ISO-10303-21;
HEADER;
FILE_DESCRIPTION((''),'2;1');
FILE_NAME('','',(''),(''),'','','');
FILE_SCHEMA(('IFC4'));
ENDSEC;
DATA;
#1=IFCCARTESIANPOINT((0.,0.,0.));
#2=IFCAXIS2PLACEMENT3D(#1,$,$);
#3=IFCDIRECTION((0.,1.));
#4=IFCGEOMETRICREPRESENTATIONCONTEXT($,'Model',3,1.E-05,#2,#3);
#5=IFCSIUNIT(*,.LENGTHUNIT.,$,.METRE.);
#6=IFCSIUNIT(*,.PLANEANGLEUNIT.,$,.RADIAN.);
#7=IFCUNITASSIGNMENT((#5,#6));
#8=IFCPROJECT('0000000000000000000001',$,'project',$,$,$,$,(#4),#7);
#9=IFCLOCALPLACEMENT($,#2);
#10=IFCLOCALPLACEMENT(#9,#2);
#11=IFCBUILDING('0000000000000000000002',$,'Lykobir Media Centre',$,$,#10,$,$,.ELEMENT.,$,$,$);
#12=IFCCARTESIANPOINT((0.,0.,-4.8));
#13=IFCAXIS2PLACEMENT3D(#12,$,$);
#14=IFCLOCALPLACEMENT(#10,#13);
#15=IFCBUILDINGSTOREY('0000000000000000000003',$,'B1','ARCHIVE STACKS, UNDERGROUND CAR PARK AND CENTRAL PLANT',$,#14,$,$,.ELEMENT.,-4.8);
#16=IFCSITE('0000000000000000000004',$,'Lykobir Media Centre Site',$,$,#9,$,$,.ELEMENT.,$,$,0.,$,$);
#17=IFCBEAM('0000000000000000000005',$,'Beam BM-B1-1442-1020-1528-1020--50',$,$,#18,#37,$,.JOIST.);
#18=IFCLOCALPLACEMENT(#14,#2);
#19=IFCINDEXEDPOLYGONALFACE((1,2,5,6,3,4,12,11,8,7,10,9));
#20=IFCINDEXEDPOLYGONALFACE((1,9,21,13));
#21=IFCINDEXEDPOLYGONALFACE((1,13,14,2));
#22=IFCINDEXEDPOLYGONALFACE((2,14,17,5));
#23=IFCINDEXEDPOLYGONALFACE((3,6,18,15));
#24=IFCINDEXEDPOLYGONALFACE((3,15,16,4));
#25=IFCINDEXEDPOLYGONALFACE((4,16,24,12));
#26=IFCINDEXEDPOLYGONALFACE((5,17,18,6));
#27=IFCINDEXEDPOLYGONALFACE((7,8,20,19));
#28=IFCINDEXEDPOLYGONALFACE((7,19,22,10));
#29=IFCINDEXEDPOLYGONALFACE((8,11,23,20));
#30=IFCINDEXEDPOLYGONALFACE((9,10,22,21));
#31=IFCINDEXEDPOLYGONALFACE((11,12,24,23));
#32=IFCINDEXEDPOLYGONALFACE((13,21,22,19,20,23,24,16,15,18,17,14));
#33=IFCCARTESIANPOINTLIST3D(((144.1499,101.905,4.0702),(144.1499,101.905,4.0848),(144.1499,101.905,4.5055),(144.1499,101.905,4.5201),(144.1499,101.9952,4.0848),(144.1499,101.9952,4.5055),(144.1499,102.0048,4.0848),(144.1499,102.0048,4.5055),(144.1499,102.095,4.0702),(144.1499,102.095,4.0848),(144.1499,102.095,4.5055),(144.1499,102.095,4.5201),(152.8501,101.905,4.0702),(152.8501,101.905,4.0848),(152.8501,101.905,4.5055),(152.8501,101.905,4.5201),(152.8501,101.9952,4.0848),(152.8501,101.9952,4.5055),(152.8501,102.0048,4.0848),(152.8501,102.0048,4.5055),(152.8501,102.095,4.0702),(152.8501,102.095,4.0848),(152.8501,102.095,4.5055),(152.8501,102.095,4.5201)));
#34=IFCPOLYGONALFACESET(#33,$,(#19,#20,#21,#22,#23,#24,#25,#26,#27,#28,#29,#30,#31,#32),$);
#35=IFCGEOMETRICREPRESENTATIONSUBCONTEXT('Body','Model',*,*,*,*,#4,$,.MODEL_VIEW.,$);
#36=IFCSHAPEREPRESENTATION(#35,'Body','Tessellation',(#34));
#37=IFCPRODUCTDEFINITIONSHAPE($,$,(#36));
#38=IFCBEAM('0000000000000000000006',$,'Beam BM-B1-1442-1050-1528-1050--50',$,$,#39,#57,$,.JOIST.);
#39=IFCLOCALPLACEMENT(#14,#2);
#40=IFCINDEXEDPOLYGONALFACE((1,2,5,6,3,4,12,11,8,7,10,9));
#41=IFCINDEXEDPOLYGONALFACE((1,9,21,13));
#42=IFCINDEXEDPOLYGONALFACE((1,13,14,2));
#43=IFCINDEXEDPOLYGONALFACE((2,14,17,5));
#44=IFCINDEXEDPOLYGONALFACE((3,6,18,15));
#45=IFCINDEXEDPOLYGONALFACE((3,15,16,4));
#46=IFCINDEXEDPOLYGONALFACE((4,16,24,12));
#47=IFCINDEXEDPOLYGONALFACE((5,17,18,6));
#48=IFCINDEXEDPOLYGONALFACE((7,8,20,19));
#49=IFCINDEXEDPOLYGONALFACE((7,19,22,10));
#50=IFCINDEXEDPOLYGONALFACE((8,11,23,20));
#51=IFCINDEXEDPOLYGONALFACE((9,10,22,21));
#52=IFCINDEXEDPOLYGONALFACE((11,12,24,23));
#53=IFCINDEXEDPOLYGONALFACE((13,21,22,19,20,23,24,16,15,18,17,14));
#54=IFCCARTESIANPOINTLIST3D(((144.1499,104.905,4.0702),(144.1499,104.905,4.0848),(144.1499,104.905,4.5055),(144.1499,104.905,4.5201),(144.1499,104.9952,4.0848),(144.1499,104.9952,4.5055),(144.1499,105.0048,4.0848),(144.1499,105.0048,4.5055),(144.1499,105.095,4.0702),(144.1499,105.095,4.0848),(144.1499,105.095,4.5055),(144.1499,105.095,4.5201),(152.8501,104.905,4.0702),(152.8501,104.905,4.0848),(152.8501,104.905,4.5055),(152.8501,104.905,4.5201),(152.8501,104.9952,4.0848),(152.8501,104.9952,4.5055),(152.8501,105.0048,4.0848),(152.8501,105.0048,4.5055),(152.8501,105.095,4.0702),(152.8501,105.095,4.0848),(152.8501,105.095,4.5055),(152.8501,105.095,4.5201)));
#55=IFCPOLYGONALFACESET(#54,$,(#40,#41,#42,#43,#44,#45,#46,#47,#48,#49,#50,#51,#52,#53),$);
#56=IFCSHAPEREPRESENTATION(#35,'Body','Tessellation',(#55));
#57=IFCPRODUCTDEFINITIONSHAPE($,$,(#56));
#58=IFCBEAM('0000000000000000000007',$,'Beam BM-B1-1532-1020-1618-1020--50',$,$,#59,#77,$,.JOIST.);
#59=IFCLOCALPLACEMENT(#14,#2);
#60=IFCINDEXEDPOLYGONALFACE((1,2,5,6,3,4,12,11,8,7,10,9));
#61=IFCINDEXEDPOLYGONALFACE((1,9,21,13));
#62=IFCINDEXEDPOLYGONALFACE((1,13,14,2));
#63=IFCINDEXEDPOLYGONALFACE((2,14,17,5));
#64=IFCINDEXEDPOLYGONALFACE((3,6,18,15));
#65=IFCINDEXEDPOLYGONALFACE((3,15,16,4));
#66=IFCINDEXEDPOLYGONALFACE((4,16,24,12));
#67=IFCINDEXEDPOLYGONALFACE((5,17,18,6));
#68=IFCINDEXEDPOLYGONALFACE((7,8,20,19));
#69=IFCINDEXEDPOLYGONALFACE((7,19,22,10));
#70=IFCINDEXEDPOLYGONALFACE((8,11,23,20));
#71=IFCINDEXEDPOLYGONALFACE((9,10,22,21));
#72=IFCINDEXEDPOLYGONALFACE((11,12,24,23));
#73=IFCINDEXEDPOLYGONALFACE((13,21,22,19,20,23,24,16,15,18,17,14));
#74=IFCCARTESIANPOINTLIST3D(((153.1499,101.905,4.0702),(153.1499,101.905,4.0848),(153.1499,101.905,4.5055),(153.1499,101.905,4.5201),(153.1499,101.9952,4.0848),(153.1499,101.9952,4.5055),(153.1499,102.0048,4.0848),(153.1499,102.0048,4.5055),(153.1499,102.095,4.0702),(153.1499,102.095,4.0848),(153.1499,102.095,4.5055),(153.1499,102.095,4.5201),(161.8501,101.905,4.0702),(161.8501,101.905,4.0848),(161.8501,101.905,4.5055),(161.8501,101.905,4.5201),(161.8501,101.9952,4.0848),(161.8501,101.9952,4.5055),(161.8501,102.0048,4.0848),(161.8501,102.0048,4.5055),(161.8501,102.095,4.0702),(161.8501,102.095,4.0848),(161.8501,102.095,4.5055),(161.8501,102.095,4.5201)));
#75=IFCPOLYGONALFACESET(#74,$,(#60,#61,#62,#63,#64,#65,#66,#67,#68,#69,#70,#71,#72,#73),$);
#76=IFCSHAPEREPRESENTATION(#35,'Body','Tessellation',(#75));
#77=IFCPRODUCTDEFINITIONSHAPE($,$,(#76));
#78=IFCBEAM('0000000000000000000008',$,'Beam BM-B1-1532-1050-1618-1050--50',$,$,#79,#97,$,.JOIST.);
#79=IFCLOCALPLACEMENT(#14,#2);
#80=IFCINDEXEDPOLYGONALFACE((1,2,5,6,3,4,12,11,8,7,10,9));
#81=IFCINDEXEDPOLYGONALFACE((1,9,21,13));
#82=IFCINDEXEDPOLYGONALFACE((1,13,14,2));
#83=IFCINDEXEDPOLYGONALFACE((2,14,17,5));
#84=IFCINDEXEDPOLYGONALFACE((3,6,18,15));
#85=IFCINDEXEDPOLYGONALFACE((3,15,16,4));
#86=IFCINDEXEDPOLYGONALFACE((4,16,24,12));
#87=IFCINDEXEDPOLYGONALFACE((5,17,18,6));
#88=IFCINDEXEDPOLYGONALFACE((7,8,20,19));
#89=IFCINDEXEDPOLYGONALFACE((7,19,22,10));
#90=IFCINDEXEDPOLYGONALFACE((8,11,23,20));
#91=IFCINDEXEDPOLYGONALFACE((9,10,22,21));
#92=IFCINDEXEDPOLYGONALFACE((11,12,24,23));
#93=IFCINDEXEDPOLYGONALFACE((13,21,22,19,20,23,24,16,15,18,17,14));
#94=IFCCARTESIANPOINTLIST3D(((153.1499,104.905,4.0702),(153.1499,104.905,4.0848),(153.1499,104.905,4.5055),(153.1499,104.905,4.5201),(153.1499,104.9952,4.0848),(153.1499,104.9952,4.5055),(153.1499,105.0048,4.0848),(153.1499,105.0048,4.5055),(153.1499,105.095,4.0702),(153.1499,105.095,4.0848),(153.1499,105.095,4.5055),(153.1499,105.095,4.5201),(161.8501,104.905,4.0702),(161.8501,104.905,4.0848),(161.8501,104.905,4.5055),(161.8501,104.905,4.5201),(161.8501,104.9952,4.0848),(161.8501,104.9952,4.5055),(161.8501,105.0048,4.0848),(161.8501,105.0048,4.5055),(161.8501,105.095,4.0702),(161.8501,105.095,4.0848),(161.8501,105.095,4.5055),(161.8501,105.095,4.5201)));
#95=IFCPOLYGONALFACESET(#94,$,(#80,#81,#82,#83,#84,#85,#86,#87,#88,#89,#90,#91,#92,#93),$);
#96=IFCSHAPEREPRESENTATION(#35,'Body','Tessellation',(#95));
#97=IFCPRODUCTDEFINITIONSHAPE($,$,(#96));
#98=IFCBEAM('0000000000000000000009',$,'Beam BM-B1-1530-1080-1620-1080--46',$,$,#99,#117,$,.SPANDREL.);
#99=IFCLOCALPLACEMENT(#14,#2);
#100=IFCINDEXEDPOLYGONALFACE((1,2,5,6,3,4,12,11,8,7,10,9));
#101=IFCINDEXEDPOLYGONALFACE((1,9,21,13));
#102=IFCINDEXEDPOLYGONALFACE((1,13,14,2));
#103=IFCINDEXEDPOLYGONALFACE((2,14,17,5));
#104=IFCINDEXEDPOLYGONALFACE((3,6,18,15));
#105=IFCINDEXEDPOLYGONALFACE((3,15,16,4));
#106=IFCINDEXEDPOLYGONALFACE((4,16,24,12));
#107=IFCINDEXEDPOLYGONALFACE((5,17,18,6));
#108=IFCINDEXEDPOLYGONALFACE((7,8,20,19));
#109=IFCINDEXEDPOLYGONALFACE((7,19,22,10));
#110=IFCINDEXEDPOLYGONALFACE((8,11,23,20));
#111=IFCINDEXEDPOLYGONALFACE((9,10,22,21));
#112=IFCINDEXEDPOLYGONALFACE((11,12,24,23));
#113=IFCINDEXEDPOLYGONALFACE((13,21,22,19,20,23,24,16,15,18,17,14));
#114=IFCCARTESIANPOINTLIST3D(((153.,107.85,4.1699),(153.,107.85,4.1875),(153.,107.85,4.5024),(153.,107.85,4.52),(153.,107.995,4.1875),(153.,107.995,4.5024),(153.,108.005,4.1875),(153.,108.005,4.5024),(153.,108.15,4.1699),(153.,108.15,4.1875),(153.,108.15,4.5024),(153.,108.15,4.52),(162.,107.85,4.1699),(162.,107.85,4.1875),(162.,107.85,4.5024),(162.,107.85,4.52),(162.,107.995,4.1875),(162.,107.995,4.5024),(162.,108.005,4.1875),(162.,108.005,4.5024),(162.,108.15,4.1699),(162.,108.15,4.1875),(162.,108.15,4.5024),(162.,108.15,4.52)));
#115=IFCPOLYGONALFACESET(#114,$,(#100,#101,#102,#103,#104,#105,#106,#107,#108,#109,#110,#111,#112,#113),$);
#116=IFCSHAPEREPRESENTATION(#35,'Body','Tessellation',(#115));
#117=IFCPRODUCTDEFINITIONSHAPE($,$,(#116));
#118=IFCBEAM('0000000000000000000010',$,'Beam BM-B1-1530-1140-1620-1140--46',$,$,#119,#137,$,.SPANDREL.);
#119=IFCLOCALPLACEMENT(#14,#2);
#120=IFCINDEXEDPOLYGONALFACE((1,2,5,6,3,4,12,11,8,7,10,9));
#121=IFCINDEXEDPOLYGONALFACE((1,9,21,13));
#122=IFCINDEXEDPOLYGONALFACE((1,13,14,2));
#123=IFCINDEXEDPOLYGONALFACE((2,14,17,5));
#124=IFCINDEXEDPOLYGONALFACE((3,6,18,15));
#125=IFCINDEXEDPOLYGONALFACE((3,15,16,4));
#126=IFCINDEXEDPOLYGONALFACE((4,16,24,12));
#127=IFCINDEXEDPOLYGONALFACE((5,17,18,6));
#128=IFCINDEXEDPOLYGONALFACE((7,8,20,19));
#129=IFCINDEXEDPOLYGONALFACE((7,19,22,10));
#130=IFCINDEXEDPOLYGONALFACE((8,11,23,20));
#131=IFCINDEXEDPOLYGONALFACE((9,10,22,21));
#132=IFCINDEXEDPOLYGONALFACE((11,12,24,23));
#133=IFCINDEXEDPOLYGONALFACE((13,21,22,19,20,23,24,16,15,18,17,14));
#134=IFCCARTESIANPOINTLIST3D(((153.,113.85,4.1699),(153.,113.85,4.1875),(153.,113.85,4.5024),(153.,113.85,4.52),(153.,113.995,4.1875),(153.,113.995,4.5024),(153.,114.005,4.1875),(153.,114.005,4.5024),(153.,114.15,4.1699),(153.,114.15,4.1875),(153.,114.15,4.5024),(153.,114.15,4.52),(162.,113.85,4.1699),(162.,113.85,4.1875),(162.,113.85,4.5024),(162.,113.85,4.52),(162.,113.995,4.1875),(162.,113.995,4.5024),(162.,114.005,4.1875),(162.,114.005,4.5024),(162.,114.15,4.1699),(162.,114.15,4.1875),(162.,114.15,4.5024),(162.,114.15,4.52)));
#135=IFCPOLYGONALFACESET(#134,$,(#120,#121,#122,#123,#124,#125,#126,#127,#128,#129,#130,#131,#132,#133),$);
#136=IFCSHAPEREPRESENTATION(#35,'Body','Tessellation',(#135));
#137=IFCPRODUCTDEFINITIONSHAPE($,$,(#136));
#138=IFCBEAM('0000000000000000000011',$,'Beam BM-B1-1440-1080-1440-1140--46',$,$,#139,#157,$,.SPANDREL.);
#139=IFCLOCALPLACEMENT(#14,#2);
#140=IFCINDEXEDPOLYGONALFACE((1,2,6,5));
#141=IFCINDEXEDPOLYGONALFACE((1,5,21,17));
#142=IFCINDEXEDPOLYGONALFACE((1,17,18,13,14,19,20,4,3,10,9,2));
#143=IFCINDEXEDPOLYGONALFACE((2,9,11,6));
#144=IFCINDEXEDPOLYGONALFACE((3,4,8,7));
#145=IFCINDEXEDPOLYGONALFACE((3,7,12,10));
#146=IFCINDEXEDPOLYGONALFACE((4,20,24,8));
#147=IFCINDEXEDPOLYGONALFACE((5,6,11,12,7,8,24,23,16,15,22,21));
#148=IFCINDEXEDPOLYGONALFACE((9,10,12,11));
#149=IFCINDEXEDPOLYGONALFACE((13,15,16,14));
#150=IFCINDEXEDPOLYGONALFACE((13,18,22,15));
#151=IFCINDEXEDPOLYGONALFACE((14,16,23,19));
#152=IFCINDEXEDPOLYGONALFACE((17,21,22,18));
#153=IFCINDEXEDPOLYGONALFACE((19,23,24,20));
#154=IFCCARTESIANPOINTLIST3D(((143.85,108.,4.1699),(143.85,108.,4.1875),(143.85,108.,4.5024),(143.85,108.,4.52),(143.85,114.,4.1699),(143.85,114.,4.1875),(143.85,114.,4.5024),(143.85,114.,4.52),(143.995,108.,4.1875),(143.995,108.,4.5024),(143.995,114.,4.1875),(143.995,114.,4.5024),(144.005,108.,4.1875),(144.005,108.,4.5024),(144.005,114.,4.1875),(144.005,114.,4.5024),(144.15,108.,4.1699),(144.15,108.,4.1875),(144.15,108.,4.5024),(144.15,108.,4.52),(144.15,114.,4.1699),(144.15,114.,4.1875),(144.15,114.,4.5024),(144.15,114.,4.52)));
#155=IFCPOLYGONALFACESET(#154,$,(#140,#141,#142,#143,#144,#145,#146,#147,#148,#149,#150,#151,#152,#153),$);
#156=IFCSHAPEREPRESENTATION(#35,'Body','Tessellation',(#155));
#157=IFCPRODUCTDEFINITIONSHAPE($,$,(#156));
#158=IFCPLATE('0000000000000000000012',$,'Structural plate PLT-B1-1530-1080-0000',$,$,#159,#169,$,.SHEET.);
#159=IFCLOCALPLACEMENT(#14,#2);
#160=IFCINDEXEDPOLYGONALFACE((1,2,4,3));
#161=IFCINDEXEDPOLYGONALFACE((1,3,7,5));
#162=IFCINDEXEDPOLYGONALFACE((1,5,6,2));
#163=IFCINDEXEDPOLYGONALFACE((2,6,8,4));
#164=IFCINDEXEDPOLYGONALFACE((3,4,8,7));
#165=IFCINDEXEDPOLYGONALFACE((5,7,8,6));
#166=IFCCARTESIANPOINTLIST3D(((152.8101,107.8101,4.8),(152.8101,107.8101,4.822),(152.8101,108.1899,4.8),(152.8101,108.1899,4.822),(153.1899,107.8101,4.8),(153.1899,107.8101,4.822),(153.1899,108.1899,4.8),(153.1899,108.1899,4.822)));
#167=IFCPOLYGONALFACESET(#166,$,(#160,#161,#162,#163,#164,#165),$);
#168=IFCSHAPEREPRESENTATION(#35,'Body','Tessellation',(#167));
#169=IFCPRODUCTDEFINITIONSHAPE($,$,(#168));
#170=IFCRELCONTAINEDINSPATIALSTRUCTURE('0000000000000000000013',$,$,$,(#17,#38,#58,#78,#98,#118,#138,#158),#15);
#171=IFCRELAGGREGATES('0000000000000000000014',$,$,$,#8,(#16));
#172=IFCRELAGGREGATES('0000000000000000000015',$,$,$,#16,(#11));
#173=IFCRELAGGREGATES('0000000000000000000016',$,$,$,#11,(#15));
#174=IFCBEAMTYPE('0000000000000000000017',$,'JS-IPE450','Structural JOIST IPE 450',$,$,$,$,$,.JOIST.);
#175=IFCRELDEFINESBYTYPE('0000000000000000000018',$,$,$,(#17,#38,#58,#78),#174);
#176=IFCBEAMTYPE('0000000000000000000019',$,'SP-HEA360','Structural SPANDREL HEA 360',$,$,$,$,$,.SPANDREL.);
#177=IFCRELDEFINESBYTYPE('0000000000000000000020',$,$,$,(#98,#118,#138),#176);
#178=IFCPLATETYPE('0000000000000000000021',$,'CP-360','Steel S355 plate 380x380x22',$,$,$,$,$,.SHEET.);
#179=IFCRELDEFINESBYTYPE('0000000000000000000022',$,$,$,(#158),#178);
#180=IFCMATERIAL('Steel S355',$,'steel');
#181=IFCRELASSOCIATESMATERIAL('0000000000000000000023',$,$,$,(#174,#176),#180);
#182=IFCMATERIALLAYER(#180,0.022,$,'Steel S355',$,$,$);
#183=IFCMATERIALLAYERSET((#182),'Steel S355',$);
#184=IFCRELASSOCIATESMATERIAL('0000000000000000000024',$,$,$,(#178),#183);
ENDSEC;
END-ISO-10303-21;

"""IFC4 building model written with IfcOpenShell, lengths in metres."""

from ifc_helpers import new_model, si_unit, direction, frame, origin, origin_2d, place, context, subcontext, project, spatial, rectangle, i_section, extrude, material, layer, layer_set, material_profile, profile_set, type_object, element, save


model = new_model("IFC4")

# Units and contexts
model_context = context("Model", 3, precision=1e-05, world=origin(), true_north=direction((0.0, 1.0)))
body_context = subcontext(model_context, "Body", "Model", "MODEL_VIEW")
ifc_project = project(units=[si_unit("LENGTHUNIT", "METRE"), si_unit("PLANEANGLEUNIT", "RADIAN")], contexts=[model_context])

# Site, building, storey
site_placement = place(None, origin())
site = spatial("IfcSite", under=ifc_project, at=site_placement, Name="Lykobir Media Centre Site", CompositionType="ELEMENT", RefElevation=0.0)
building_placement = place(site_placement, origin())
building = spatial("IfcBuilding", under=site, at=building_placement, Name="Lykobir Media Centre", CompositionType="ELEMENT")
storey_placement = place(building_placement, frame((0.0, 0.0, -4.8)))
storey = spatial("IfcBuildingStorey", under=building, at=storey_placement, Name="B1", Description="ARCHIVE STACKS, UNDERGROUND CAR PARK AND CENTRAL PLANT", CompositionType="ELEMENT", Elevation=-4.8)

# Shared definitions
ifc_material_1 = material(Name="Steel S355", Category="steel")

# Beams
ifc_material_profile_1 = material_profile(ifc_material_1, i_section(OverallWidth=0.1899, OverallDepth=0.45, WebThickness=0.0095, FlangeThickness=0.0146, at=origin_2d()), Name="IPE 450")
ifc_profile_set_1 = profile_set([ifc_material_profile_1], Name="Steel S355")
beam_type_1 = type_object("IfcBeamType", Name="JS-IPE450", Description="Structural JOIST IPE 450", PredefinedType="JOIST", material=ifc_profile_set_1)
for number, where, z_axis, x_axis, name in (
    (1, (144.1499, 102.0, 4.2952), (1.0, 0.0, 0.0), (0.0, 1.0, 0.0), "Beam BM-B1-1442-1020-1528-1020--50"),
    (2, (144.1499, 105.0, 4.2952), (1.0, 0.0, 0.0), (0.0, 1.0, 0.0), "Beam BM-B1-1442-1050-1528-1050--50"),
    (3, (153.1499, 102.0, 4.2952), (1.0, 0.0, 0.0), (0.0, 1.0, 0.0), "Beam BM-B1-1532-1020-1618-1020--50"),
    (4, (153.1499, 105.0, 4.2952), (1.0, 0.0, 0.0), (0.0, 1.0, 0.0), "Beam BM-B1-1532-1050-1618-1050--50"),
):
    element("IfcBeam", number, at=place(storey_placement, frame(where, z_axis=z_axis, x_axis=x_axis)), inside=storey, type_object=beam_type_1, Name=name, PredefinedType="JOIST", context=body_context, shape_type="SweptSolid", body=[
        extrude(i_section(OverallWidth=0.1899, OverallDepth=0.45, WebThickness=0.0095, FlangeThickness=0.0146, at=origin_2d()), origin(), (0.0, 0.0, 1.0), 8.7002),
    ])
ifc_material_profile_2 = material_profile(ifc_material_1, i_section(OverallWidth=0.3, OverallDepth=0.3501, WebThickness=0.01, FlangeThickness=0.0176, at=origin_2d()), Name="HEA 360")
ifc_profile_set_2 = profile_set([ifc_material_profile_2], Name="Steel S355")
beam_type_2 = type_object("IfcBeamType", Name="SP-HEA360", Description="Structural SPANDREL HEA 360", PredefinedType="SPANDREL", material=ifc_profile_set_2)
for number, where, z_axis, x_axis, name in (
    (5, (153.0, 108.0, 4.345), (1.0, 0.0, 0.0), (0.0, 1.0, 0.0), "Beam BM-B1-1530-1080-1620-1080--46"),
    (6, (153.0, 114.0, 4.345), (1.0, 0.0, 0.0), (0.0, 1.0, 0.0), "Beam BM-B1-1530-1140-1620-1140--46"),
):
    element("IfcBeam", number, at=place(storey_placement, frame(where, z_axis=z_axis, x_axis=x_axis)), inside=storey, type_object=beam_type_2, Name=name, PredefinedType="SPANDREL", context=body_context, shape_type="SweptSolid", body=[
        extrude(i_section(OverallWidth=0.3, OverallDepth=0.3501, WebThickness=0.01, FlangeThickness=0.0176, at=origin_2d()), origin(), (0.0, 0.0, 1.0), 9.0),
    ])
beam_1_placement = place(storey_placement, frame((144.0, 108.0, 4.345), z_axis=(0.0, 1.0, 0.0), x_axis=(-1.0, 0.0, 0.0)))
element("IfcBeam", 7, at=beam_1_placement, inside=storey, type_object=beam_type_2, Name="Beam BM-B1-1440-1080-1440-1140--46", PredefinedType="SPANDREL", context=body_context, shape_type="SweptSolid", body=[
    extrude(i_section(OverallWidth=0.3, OverallDepth=0.3501, WebThickness=0.01, FlangeThickness=0.0176, at=origin_2d()), origin(), (0.0, 0.0, 1.0), 6.0),
])

# Plate
ifc_layer = layer(ifc_material_1, 0.022, Name="Steel S355")
ifc_layer_set = layer_set([ifc_layer], Name="Steel S355")
plate_type = type_object("IfcPlateType", Name="CP-360", Description="Steel S355 plate 380x380x22", PredefinedType="SHEET", material=ifc_layer_set)
plate_placement = place(storey_placement, frame((153.0, 108.0, 4.8), z_axis=(0.0, 0.0, 1.0), x_axis=(1.0, 0.0, 0.0)))
element("IfcPlate", 8, at=plate_placement, inside=storey, type_object=plate_type, Name="Structural plate PLT-B1-1530-1080-0000", PredefinedType="SHEET", context=body_context, shape_type="SweptSolid", body=[
    extrude(rectangle(XDim=0.3799, YDim=0.3799, at=origin_2d()), origin(), (0.0, 0.0, 1.0), 0.022),
])

save(model, "model.ifc")
